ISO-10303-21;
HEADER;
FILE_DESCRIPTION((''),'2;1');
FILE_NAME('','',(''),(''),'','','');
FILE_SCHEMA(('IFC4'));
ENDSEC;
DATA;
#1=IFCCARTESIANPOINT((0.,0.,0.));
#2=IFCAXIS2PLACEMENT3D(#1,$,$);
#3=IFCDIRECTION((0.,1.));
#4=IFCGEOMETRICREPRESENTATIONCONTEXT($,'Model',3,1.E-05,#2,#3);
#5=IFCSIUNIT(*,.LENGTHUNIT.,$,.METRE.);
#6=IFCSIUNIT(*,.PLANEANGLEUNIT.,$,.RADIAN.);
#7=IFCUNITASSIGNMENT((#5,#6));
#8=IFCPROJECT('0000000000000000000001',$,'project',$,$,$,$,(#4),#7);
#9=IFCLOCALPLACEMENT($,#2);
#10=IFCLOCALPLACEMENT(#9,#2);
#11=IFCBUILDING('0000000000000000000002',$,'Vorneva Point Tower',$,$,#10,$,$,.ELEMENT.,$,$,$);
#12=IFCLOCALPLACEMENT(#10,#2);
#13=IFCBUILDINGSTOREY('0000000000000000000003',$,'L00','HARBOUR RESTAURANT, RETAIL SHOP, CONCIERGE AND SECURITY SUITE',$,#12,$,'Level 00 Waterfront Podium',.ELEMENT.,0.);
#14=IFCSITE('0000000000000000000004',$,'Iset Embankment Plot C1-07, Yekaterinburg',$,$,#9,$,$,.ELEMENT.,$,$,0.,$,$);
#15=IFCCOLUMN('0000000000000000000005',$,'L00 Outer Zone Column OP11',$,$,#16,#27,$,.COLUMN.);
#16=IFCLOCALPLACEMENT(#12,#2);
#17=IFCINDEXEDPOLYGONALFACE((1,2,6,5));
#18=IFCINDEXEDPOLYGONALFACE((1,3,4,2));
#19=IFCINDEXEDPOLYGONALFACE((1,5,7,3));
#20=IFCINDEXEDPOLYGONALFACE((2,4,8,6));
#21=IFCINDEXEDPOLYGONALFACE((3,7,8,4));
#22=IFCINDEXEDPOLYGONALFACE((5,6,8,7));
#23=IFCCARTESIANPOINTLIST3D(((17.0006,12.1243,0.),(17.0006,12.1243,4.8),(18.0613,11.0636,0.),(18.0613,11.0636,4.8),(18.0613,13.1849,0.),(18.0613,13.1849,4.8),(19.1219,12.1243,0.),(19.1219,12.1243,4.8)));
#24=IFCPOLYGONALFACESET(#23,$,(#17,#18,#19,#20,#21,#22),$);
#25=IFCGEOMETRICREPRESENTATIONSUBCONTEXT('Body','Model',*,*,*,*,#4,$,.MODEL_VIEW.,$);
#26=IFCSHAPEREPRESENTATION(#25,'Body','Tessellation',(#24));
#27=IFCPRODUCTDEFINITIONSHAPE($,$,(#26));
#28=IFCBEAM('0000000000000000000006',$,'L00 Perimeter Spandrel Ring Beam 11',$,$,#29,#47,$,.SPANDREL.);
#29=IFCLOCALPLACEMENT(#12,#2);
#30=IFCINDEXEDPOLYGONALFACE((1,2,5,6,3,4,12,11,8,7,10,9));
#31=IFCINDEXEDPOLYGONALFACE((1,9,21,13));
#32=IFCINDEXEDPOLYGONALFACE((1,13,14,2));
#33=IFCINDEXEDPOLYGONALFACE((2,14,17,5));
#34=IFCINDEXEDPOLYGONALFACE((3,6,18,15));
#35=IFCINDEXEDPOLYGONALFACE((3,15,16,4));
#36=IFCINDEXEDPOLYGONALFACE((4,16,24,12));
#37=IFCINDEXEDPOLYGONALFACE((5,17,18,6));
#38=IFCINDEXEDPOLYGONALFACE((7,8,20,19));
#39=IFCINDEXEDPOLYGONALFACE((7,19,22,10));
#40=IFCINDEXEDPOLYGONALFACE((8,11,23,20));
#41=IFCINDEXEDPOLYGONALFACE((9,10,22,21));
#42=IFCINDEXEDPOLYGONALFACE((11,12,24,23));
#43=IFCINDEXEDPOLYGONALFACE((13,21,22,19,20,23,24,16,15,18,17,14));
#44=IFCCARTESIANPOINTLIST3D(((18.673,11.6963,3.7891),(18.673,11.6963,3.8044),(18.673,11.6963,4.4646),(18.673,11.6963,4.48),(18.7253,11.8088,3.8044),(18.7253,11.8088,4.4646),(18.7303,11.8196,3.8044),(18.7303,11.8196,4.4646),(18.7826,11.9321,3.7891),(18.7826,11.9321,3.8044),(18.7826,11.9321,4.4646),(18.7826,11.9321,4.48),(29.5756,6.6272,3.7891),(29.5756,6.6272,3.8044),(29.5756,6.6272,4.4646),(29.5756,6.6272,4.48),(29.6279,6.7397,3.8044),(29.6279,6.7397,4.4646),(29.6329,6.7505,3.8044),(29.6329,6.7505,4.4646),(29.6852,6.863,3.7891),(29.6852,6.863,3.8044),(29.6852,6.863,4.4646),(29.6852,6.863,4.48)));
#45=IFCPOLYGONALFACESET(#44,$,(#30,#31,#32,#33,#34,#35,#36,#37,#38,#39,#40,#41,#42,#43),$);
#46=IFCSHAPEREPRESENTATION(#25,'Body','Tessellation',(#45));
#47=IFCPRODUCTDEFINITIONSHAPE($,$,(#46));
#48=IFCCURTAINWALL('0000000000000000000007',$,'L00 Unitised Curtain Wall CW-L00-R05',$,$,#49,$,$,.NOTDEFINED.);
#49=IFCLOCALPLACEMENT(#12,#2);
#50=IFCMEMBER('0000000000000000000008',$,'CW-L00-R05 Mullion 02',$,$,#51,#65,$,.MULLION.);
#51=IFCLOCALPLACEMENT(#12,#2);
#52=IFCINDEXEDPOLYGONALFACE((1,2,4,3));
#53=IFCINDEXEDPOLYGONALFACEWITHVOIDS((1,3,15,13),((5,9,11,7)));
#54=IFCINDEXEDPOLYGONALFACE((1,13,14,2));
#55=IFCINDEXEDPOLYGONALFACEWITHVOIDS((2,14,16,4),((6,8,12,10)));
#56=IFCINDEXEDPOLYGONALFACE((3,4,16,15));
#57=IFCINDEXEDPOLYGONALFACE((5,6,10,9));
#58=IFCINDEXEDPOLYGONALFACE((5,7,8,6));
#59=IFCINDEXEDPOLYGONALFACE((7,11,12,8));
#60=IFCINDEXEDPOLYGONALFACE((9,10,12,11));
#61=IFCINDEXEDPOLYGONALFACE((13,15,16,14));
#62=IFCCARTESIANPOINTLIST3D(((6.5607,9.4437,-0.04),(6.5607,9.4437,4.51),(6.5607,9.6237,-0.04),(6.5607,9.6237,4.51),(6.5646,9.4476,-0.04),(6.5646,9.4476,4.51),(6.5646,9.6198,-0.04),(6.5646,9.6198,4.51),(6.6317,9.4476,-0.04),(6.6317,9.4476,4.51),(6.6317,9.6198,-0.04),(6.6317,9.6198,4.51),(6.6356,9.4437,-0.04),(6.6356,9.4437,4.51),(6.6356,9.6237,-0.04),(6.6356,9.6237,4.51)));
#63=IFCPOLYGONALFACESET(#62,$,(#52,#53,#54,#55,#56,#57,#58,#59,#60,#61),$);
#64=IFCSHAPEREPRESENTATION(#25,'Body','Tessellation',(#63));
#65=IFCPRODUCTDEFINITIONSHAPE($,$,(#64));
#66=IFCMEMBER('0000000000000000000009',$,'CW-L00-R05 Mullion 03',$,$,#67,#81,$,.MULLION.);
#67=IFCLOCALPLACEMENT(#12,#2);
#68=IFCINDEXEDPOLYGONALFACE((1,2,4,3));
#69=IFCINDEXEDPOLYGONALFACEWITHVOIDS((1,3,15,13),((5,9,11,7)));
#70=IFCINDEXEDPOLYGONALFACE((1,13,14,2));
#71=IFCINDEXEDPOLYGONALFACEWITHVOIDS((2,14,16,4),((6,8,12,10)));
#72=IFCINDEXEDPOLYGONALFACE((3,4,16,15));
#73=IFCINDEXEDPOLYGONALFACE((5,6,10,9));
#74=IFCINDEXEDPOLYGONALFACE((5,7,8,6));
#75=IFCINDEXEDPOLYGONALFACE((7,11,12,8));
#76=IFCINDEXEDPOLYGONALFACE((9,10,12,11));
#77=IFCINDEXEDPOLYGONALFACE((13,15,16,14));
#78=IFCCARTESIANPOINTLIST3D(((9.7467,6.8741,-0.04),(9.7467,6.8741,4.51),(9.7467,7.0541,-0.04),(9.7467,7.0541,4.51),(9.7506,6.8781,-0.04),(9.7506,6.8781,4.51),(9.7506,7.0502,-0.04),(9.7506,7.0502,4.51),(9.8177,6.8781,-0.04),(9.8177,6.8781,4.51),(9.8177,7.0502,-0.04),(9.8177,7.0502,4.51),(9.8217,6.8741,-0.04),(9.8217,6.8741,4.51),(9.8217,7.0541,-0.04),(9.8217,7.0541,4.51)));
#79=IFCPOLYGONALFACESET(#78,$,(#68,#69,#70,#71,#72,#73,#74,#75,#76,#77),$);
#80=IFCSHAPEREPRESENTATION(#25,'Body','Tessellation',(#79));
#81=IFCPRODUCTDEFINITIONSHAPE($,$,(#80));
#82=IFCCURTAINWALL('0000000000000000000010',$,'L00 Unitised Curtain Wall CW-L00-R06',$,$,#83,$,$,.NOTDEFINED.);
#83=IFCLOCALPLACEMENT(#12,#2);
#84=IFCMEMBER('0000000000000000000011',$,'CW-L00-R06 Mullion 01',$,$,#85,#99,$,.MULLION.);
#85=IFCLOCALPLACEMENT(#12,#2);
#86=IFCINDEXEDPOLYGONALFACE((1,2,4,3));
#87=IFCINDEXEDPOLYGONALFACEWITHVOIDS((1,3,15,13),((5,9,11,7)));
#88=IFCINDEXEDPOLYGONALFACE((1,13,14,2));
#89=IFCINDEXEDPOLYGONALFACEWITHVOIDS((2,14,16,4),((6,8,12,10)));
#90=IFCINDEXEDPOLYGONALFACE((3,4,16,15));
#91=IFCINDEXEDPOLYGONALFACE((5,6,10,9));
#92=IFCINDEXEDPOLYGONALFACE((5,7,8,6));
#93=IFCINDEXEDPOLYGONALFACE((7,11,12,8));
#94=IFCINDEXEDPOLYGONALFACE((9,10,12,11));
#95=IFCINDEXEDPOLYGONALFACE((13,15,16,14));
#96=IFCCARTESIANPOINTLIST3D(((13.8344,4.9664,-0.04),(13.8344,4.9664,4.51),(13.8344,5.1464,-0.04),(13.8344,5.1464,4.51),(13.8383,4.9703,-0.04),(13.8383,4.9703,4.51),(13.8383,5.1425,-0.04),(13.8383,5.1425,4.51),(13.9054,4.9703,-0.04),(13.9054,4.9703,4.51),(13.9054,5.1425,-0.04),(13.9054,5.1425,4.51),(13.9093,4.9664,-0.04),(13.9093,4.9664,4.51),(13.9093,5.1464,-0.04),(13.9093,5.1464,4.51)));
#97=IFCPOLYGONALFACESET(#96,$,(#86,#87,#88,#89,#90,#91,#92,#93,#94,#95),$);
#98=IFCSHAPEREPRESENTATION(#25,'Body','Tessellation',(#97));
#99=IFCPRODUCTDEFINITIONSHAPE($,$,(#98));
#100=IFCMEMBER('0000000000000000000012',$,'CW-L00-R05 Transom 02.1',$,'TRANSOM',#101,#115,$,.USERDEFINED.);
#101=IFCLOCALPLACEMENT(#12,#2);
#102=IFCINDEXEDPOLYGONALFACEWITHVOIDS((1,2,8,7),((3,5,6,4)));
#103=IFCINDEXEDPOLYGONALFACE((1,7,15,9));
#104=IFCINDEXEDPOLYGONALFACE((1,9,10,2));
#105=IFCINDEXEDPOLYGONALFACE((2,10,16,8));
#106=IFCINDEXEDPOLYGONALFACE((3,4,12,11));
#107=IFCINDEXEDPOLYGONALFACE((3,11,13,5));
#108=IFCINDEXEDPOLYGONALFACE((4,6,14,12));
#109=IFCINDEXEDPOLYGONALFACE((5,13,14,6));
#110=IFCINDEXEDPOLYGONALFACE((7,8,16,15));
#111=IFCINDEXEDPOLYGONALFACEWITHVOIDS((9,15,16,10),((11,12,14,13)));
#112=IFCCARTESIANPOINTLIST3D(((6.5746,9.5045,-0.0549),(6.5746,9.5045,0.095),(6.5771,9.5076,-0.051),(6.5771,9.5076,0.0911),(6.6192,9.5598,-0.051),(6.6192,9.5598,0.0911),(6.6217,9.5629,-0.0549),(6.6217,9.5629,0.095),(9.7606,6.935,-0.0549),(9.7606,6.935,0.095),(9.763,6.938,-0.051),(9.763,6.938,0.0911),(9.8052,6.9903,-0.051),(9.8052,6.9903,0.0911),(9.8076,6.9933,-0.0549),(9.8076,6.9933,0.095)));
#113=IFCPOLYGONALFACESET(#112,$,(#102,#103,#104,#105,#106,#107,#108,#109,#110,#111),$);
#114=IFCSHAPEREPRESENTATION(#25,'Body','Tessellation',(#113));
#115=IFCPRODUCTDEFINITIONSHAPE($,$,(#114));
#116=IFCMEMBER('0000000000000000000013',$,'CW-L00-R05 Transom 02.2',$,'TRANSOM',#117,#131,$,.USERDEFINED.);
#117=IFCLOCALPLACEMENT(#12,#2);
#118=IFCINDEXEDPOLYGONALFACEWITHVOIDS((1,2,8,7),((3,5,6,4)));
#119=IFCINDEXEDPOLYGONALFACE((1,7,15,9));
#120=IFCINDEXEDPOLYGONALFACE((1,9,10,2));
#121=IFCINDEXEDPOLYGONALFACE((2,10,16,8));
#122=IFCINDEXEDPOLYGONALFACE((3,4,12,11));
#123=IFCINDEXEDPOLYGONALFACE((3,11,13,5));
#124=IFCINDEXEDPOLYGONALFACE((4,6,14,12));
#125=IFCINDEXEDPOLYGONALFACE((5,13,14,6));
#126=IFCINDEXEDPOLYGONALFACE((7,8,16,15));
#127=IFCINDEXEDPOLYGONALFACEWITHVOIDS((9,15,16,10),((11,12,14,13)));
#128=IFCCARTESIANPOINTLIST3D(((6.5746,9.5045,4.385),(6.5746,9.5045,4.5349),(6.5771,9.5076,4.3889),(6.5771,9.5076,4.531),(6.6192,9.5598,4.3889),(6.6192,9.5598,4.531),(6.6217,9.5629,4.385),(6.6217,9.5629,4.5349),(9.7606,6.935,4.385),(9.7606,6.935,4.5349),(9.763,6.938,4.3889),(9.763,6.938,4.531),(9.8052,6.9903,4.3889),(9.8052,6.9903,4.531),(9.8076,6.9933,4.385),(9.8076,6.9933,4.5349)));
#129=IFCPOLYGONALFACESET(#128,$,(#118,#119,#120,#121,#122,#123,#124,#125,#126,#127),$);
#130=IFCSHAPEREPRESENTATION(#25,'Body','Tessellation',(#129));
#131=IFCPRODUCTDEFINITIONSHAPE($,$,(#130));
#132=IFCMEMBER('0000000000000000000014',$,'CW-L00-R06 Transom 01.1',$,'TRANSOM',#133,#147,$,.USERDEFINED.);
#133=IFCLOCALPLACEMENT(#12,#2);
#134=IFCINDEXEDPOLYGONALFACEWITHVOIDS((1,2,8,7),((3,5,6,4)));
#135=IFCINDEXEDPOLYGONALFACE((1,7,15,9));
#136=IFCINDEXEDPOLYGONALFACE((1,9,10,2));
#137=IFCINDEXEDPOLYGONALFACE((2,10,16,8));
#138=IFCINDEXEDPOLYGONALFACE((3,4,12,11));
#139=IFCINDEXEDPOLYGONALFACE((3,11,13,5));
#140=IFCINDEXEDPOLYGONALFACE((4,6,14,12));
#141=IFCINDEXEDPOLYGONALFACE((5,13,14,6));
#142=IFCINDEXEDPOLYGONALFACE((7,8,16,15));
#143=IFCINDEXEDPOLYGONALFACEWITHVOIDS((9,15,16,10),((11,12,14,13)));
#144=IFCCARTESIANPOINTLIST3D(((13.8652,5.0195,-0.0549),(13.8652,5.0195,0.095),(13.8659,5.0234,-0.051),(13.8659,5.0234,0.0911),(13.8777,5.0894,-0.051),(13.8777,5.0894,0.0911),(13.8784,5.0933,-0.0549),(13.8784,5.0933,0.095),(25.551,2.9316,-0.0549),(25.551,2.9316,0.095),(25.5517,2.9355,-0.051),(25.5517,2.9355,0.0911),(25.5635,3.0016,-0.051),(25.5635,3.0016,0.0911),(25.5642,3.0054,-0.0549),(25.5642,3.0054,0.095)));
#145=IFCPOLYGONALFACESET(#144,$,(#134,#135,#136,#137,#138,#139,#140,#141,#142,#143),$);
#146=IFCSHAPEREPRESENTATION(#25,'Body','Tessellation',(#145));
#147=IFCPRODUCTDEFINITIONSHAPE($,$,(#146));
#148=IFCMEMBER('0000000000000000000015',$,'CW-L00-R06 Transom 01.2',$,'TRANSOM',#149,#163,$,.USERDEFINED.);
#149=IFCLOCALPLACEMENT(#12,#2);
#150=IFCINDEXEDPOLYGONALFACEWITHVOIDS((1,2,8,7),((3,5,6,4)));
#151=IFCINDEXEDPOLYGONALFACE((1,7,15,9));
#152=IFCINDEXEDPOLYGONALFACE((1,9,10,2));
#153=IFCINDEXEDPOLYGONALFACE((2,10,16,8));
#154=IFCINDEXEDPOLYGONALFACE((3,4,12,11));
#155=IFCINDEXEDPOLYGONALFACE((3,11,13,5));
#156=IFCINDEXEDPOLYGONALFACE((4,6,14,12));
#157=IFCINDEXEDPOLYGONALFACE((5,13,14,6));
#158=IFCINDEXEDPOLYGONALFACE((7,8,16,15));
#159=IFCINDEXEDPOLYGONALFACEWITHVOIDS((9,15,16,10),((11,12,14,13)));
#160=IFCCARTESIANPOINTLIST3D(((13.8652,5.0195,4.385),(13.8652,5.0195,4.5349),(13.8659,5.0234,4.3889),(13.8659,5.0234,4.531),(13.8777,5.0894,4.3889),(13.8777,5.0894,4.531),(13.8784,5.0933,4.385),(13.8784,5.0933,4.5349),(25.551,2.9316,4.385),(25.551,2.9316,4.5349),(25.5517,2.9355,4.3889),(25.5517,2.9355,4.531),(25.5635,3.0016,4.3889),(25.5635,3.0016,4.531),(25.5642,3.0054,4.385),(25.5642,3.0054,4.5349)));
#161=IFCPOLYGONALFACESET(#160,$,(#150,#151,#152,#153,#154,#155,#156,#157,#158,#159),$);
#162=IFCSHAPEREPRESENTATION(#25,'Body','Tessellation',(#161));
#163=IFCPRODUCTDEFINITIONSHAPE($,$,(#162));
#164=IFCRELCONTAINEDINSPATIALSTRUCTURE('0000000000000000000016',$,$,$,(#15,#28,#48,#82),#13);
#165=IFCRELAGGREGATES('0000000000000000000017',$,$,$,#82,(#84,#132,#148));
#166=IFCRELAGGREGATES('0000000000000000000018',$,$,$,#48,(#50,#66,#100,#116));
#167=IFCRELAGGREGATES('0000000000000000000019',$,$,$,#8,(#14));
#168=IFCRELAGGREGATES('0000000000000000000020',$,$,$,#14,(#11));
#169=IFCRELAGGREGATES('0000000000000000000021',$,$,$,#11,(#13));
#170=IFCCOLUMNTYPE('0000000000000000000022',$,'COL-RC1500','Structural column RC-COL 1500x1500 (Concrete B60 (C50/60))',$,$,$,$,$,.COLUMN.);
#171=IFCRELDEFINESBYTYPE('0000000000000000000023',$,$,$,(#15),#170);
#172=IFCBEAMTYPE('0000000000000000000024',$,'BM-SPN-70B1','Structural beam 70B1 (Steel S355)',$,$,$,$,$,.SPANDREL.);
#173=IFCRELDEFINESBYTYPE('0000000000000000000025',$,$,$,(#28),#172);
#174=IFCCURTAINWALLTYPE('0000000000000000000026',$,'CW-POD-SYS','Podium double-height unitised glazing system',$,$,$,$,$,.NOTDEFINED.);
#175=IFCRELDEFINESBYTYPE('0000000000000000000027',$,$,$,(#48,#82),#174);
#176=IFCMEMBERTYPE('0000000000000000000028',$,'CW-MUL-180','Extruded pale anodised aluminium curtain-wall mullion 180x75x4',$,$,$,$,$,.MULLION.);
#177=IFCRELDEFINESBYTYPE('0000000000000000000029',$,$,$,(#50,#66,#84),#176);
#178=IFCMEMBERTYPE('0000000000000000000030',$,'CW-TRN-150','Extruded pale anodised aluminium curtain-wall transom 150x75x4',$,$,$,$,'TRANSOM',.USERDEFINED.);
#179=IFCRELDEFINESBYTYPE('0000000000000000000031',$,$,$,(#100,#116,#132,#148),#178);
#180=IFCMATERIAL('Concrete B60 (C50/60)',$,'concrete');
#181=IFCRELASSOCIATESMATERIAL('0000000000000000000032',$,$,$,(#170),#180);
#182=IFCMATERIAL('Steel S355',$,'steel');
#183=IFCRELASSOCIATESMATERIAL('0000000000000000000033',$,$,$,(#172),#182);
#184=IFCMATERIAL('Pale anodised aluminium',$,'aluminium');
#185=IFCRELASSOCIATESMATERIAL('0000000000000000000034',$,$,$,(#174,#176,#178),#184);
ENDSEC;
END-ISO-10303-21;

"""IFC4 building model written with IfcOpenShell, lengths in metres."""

from ifc_helpers import new_model, si_unit, direction, frame, origin, origin_2d, place, context, subcontext, project, spatial, rectangle, hollow_rectangle, i_section, extrude, material, material_profile, profile_set, type_object, element, aggregate, save


model = new_model("IFC4")

# Units and contexts
model_context = context("Model", 3, precision=1e-05, world=origin(), true_north=direction((0.0, 1.0)))
body_context = subcontext(model_context, "Body", "Model", "MODEL_VIEW")
ifc_project = project(units=[si_unit("LENGTHUNIT", "METRE"), si_unit("PLANEANGLEUNIT", "RADIAN")], contexts=[model_context])

# Site, building, storey
site_placement = place(None, origin())
site = spatial("IfcSite", under=ifc_project, at=site_placement, Name="Iset Embankment Plot C1-07, Yekaterinburg", CompositionType="ELEMENT", RefElevation=0.0)
building_placement = place(site_placement, origin())
building = spatial("IfcBuilding", under=site, at=building_placement, Name="Vorneva Point Tower", CompositionType="ELEMENT")
storey_placement = place(building_placement, origin())
storey = spatial("IfcBuildingStorey", under=building, at=storey_placement, Name="L00", Description="HARBOUR RESTAURANT, RETAIL SHOP, CONCIERGE AND SECURITY SUITE", LongName="Level 00 Waterfront Podium", CompositionType="ELEMENT", Elevation=0.0)

# Column
ifc_material_1 = material(Name="Concrete B60 (C50/60)", Category="concrete")
ifc_material_profile_1 = material_profile(ifc_material_1, rectangle(XDim=1.5, YDim=1.5, at=origin_2d()), Name="RC-COL 1500x1500")
ifc_profile_set_1 = profile_set([ifc_material_profile_1], Name="Concrete B60 (C50/60)")
column_type = type_object("IfcColumnType", Name="COL-RC1500", Description="Structural column RC-COL 1500x1500 (Concrete B60 (C50/60))", PredefinedType="COLUMN", material=ifc_profile_set_1)
column_placement = place(storey_placement, frame((18.0613, 12.1243, 0.0), z_axis=(0.0, 0.0, 1.0), x_axis=(-0.707107, -0.707107, 0.0)))
element("IfcColumn", 1, at=column_placement, inside=storey, type_object=column_type, Name="L00 Outer Zone Column OP11", PredefinedType="COLUMN", context=body_context, shape_type="SweptSolid", body=[
    extrude(rectangle(XDim=1.5, YDim=1.5, at=origin_2d()), origin(), (0.0, 0.0, 1.0), 4.8),
])

# Beam
ifc_material_2 = material(Name="Steel S355", Category="steel")
ifc_material_profile_2 = material_profile(ifc_material_2, i_section(OverallWidth=0.26, OverallDepth=0.6909, WebThickness=0.012, FlangeThickness=0.0154, at=origin_2d()), Name="70B1")
ifc_profile_set_2 = profile_set([ifc_material_profile_2], Name="Steel S355")
beam_type = type_object("IfcBeamType", Name="BM-SPN-70B1", Description="Structural beam 70B1 (Steel S355)", PredefinedType="SPANDREL", material=ifc_profile_set_2)
beam_placement = place(storey_placement, frame((18.7278, 11.8142, 4.1345), z_axis=(0.906781, -0.421602, 0.0), x_axis=(0.421602, 0.906781, 0.0)))
element("IfcBeam", 2, at=beam_placement, inside=storey, type_object=beam_type, Name="L00 Perimeter Spandrel Ring Beam 11", PredefinedType="SPANDREL", context=body_context, shape_type="SweptSolid", body=[
    extrude(i_section(OverallWidth=0.26, OverallDepth=0.6909, WebThickness=0.012, FlangeThickness=0.0154, at=origin_2d()), origin(), (0.0, 0.0, 1.0), 12.0234),
])

# Curtain wall, members
ifc_material_3 = material(Name="Pale anodised aluminium", Category="aluminium")
curtain_wall_type = type_object("IfcCurtainWallType", Name="CW-POD-SYS", Description="Podium double-height unitised glazing system", PredefinedType="NOTDEFINED", material=ifc_material_3)
curtain_wall_1_placement = place(storey_placement, origin())
curtain_wall_1 = element("IfcCurtainWall", 3, at=curtain_wall_1_placement, inside=storey, type_object=curtain_wall_type, Name="L00 Unitised Curtain Wall CW-L00-R05", PredefinedType="NOTDEFINED")
ifc_material_profile_3 = material_profile(ifc_material_3, hollow_rectangle(XDim=0.075, YDim=0.1799, WallThickness=0.0039, at=origin_2d()), Name="AL-MUL 180x75x4")
ifc_profile_set_3 = profile_set([ifc_material_profile_3], Name="Pale anodised aluminium")
member_type_1 = type_object("IfcMemberType", Name="CW-MUL-180", Description="Extruded pale anodised aluminium curtain-wall mullion 180x75x4", PredefinedType="MULLION", material=ifc_profile_set_3)
member_1_placement = place(storey_placement, frame((6.5981, 9.5337, -0.04), z_axis=(0.0, 0.0, 1.0), x_axis=(1.0, 0.0, 0.0)))
member_1 = element("IfcMember", 4, at=member_1_placement, type_object=member_type_1, Name="CW-L00-R05 Mullion 02", PredefinedType="MULLION", context=body_context, shape_type="SweptSolid", body=[
    extrude(hollow_rectangle(XDim=0.075, YDim=0.1799, WallThickness=0.0039, at=origin_2d()), origin(), (0.0, 0.0, 1.0), 4.55),
])
member_2_placement = place(storey_placement, frame((9.7842, 6.9641, -0.04), z_axis=(0.0, 0.0, 1.0), x_axis=(1.0, 0.0, 0.0)))
member_2 = element("IfcMember", 5, at=member_2_placement, type_object=member_type_1, Name="CW-L00-R05 Mullion 03", PredefinedType="MULLION", context=body_context, shape_type="SweptSolid", body=[
    extrude(hollow_rectangle(XDim=0.075, YDim=0.1799, WallThickness=0.0039, at=origin_2d()), origin(), (0.0, 0.0, 1.0), 4.55),
])

# Curtain wall, member
curtain_wall_2_placement = place(storey_placement, origin())
curtain_wall_2 = element("IfcCurtainWall", 6, at=curtain_wall_2_placement, inside=storey, type_object=curtain_wall_type, Name="L00 Unitised Curtain Wall CW-L00-R06", PredefinedType="NOTDEFINED")
member_3_placement = place(storey_placement, frame((13.8718, 5.0564, -0.04), z_axis=(0.0, 0.0, 1.0), x_axis=(1.0, 0.0, 0.0)))
member_3 = element("IfcMember", 7, at=member_3_placement, type_object=member_type_1, Name="CW-L00-R06 Mullion 01", PredefinedType="MULLION", context=body_context, shape_type="SweptSolid", body=[
    extrude(hollow_rectangle(XDim=0.075, YDim=0.1799, WallThickness=0.0039, at=origin_2d()), origin(), (0.0, 0.0, 1.0), 4.55),
])

# Members
ifc_material_profile_4 = material_profile(ifc_material_3, hollow_rectangle(XDim=0.075, YDim=0.1499, WallThickness=0.0039, at=origin_2d()), Name="AL-TRN 150x75x4")
ifc_profile_set_4 = profile_set([ifc_material_profile_4], Name="Pale anodised aluminium")
member_type_2 = type_object("IfcMemberType", Name="CW-TRN-150", Description="Extruded pale anodised aluminium curtain-wall transom 150x75x4", ElementType="TRANSOM", PredefinedType="USERDEFINED", material=ifc_profile_set_4)
member_4_placement = place(storey_placement, frame((6.5981, 9.5337, 0.02), z_axis=(0.77839, -0.627782, 0.0), x_axis=(0.627782, 0.77839, 0.0)))
member_4 = element("IfcMember", 8, at=member_4_placement, type_object=member_type_2, Name="CW-L00-R05 Transom 02.1", ObjectType="TRANSOM", PredefinedType="USERDEFINED", context=body_context, shape_type="SweptSolid", body=[
    extrude(hollow_rectangle(XDim=0.075, YDim=0.1499, WallThickness=0.0039, at=origin_2d()), origin(), (0.0, 0.0, 1.0), 4.093),
])
member_5_placement = place(storey_placement, frame((6.5981, 9.5337, 4.46), z_axis=(0.77839, -0.627782, 0.0), x_axis=(0.627782, 0.77839, 0.0)))
member_5 = element("IfcMember", 9, at=member_5_placement, type_object=member_type_2, Name="CW-L00-R05 Transom 02.2", ObjectType="TRANSOM", PredefinedType="USERDEFINED", context=body_context, shape_type="SweptSolid", body=[
    extrude(hollow_rectangle(XDim=0.075, YDim=0.1499, WallThickness=0.0039, at=origin_2d()), origin(), (0.0, 0.0, 1.0), 4.093),
])
member_6_placement = place(storey_placement, frame((13.8718, 5.0564, 0.02), z_axis=(0.984411, -0.175884, 0.0), x_axis=(0.175884, 0.984411, 0.0)))
member_6 = element("IfcMember", 10, at=member_6_placement, type_object=member_type_2, Name="CW-L00-R06 Transom 01.1", ObjectType="TRANSOM", PredefinedType="USERDEFINED", context=body_context, shape_type="SweptSolid", body=[
    extrude(hollow_rectangle(XDim=0.075, YDim=0.1499, WallThickness=0.0039, at=origin_2d()), origin(), (0.0, 0.0, 1.0), 11.8708),
])
member_7_placement = place(storey_placement, frame((13.8718, 5.0564, 4.46), z_axis=(0.984411, -0.175884, 0.0), x_axis=(0.175884, 0.984411, 0.0)))
member_7 = element("IfcMember", 11, at=member_7_placement, type_object=member_type_2, Name="CW-L00-R06 Transom 01.2", ObjectType="TRANSOM", PredefinedType="USERDEFINED", context=body_context, shape_type="SweptSolid", body=[
    extrude(hollow_rectangle(XDim=0.075, YDim=0.1499, WallThickness=0.0039, at=origin_2d()), origin(), (0.0, 0.0, 1.0), 11.8708),
])
aggregate(curtain_wall_2, [member_3, member_6, member_7])

aggregate(curtain_wall_1, [member_1, member_2, member_4, member_5])

save(model, "model.ifc")
